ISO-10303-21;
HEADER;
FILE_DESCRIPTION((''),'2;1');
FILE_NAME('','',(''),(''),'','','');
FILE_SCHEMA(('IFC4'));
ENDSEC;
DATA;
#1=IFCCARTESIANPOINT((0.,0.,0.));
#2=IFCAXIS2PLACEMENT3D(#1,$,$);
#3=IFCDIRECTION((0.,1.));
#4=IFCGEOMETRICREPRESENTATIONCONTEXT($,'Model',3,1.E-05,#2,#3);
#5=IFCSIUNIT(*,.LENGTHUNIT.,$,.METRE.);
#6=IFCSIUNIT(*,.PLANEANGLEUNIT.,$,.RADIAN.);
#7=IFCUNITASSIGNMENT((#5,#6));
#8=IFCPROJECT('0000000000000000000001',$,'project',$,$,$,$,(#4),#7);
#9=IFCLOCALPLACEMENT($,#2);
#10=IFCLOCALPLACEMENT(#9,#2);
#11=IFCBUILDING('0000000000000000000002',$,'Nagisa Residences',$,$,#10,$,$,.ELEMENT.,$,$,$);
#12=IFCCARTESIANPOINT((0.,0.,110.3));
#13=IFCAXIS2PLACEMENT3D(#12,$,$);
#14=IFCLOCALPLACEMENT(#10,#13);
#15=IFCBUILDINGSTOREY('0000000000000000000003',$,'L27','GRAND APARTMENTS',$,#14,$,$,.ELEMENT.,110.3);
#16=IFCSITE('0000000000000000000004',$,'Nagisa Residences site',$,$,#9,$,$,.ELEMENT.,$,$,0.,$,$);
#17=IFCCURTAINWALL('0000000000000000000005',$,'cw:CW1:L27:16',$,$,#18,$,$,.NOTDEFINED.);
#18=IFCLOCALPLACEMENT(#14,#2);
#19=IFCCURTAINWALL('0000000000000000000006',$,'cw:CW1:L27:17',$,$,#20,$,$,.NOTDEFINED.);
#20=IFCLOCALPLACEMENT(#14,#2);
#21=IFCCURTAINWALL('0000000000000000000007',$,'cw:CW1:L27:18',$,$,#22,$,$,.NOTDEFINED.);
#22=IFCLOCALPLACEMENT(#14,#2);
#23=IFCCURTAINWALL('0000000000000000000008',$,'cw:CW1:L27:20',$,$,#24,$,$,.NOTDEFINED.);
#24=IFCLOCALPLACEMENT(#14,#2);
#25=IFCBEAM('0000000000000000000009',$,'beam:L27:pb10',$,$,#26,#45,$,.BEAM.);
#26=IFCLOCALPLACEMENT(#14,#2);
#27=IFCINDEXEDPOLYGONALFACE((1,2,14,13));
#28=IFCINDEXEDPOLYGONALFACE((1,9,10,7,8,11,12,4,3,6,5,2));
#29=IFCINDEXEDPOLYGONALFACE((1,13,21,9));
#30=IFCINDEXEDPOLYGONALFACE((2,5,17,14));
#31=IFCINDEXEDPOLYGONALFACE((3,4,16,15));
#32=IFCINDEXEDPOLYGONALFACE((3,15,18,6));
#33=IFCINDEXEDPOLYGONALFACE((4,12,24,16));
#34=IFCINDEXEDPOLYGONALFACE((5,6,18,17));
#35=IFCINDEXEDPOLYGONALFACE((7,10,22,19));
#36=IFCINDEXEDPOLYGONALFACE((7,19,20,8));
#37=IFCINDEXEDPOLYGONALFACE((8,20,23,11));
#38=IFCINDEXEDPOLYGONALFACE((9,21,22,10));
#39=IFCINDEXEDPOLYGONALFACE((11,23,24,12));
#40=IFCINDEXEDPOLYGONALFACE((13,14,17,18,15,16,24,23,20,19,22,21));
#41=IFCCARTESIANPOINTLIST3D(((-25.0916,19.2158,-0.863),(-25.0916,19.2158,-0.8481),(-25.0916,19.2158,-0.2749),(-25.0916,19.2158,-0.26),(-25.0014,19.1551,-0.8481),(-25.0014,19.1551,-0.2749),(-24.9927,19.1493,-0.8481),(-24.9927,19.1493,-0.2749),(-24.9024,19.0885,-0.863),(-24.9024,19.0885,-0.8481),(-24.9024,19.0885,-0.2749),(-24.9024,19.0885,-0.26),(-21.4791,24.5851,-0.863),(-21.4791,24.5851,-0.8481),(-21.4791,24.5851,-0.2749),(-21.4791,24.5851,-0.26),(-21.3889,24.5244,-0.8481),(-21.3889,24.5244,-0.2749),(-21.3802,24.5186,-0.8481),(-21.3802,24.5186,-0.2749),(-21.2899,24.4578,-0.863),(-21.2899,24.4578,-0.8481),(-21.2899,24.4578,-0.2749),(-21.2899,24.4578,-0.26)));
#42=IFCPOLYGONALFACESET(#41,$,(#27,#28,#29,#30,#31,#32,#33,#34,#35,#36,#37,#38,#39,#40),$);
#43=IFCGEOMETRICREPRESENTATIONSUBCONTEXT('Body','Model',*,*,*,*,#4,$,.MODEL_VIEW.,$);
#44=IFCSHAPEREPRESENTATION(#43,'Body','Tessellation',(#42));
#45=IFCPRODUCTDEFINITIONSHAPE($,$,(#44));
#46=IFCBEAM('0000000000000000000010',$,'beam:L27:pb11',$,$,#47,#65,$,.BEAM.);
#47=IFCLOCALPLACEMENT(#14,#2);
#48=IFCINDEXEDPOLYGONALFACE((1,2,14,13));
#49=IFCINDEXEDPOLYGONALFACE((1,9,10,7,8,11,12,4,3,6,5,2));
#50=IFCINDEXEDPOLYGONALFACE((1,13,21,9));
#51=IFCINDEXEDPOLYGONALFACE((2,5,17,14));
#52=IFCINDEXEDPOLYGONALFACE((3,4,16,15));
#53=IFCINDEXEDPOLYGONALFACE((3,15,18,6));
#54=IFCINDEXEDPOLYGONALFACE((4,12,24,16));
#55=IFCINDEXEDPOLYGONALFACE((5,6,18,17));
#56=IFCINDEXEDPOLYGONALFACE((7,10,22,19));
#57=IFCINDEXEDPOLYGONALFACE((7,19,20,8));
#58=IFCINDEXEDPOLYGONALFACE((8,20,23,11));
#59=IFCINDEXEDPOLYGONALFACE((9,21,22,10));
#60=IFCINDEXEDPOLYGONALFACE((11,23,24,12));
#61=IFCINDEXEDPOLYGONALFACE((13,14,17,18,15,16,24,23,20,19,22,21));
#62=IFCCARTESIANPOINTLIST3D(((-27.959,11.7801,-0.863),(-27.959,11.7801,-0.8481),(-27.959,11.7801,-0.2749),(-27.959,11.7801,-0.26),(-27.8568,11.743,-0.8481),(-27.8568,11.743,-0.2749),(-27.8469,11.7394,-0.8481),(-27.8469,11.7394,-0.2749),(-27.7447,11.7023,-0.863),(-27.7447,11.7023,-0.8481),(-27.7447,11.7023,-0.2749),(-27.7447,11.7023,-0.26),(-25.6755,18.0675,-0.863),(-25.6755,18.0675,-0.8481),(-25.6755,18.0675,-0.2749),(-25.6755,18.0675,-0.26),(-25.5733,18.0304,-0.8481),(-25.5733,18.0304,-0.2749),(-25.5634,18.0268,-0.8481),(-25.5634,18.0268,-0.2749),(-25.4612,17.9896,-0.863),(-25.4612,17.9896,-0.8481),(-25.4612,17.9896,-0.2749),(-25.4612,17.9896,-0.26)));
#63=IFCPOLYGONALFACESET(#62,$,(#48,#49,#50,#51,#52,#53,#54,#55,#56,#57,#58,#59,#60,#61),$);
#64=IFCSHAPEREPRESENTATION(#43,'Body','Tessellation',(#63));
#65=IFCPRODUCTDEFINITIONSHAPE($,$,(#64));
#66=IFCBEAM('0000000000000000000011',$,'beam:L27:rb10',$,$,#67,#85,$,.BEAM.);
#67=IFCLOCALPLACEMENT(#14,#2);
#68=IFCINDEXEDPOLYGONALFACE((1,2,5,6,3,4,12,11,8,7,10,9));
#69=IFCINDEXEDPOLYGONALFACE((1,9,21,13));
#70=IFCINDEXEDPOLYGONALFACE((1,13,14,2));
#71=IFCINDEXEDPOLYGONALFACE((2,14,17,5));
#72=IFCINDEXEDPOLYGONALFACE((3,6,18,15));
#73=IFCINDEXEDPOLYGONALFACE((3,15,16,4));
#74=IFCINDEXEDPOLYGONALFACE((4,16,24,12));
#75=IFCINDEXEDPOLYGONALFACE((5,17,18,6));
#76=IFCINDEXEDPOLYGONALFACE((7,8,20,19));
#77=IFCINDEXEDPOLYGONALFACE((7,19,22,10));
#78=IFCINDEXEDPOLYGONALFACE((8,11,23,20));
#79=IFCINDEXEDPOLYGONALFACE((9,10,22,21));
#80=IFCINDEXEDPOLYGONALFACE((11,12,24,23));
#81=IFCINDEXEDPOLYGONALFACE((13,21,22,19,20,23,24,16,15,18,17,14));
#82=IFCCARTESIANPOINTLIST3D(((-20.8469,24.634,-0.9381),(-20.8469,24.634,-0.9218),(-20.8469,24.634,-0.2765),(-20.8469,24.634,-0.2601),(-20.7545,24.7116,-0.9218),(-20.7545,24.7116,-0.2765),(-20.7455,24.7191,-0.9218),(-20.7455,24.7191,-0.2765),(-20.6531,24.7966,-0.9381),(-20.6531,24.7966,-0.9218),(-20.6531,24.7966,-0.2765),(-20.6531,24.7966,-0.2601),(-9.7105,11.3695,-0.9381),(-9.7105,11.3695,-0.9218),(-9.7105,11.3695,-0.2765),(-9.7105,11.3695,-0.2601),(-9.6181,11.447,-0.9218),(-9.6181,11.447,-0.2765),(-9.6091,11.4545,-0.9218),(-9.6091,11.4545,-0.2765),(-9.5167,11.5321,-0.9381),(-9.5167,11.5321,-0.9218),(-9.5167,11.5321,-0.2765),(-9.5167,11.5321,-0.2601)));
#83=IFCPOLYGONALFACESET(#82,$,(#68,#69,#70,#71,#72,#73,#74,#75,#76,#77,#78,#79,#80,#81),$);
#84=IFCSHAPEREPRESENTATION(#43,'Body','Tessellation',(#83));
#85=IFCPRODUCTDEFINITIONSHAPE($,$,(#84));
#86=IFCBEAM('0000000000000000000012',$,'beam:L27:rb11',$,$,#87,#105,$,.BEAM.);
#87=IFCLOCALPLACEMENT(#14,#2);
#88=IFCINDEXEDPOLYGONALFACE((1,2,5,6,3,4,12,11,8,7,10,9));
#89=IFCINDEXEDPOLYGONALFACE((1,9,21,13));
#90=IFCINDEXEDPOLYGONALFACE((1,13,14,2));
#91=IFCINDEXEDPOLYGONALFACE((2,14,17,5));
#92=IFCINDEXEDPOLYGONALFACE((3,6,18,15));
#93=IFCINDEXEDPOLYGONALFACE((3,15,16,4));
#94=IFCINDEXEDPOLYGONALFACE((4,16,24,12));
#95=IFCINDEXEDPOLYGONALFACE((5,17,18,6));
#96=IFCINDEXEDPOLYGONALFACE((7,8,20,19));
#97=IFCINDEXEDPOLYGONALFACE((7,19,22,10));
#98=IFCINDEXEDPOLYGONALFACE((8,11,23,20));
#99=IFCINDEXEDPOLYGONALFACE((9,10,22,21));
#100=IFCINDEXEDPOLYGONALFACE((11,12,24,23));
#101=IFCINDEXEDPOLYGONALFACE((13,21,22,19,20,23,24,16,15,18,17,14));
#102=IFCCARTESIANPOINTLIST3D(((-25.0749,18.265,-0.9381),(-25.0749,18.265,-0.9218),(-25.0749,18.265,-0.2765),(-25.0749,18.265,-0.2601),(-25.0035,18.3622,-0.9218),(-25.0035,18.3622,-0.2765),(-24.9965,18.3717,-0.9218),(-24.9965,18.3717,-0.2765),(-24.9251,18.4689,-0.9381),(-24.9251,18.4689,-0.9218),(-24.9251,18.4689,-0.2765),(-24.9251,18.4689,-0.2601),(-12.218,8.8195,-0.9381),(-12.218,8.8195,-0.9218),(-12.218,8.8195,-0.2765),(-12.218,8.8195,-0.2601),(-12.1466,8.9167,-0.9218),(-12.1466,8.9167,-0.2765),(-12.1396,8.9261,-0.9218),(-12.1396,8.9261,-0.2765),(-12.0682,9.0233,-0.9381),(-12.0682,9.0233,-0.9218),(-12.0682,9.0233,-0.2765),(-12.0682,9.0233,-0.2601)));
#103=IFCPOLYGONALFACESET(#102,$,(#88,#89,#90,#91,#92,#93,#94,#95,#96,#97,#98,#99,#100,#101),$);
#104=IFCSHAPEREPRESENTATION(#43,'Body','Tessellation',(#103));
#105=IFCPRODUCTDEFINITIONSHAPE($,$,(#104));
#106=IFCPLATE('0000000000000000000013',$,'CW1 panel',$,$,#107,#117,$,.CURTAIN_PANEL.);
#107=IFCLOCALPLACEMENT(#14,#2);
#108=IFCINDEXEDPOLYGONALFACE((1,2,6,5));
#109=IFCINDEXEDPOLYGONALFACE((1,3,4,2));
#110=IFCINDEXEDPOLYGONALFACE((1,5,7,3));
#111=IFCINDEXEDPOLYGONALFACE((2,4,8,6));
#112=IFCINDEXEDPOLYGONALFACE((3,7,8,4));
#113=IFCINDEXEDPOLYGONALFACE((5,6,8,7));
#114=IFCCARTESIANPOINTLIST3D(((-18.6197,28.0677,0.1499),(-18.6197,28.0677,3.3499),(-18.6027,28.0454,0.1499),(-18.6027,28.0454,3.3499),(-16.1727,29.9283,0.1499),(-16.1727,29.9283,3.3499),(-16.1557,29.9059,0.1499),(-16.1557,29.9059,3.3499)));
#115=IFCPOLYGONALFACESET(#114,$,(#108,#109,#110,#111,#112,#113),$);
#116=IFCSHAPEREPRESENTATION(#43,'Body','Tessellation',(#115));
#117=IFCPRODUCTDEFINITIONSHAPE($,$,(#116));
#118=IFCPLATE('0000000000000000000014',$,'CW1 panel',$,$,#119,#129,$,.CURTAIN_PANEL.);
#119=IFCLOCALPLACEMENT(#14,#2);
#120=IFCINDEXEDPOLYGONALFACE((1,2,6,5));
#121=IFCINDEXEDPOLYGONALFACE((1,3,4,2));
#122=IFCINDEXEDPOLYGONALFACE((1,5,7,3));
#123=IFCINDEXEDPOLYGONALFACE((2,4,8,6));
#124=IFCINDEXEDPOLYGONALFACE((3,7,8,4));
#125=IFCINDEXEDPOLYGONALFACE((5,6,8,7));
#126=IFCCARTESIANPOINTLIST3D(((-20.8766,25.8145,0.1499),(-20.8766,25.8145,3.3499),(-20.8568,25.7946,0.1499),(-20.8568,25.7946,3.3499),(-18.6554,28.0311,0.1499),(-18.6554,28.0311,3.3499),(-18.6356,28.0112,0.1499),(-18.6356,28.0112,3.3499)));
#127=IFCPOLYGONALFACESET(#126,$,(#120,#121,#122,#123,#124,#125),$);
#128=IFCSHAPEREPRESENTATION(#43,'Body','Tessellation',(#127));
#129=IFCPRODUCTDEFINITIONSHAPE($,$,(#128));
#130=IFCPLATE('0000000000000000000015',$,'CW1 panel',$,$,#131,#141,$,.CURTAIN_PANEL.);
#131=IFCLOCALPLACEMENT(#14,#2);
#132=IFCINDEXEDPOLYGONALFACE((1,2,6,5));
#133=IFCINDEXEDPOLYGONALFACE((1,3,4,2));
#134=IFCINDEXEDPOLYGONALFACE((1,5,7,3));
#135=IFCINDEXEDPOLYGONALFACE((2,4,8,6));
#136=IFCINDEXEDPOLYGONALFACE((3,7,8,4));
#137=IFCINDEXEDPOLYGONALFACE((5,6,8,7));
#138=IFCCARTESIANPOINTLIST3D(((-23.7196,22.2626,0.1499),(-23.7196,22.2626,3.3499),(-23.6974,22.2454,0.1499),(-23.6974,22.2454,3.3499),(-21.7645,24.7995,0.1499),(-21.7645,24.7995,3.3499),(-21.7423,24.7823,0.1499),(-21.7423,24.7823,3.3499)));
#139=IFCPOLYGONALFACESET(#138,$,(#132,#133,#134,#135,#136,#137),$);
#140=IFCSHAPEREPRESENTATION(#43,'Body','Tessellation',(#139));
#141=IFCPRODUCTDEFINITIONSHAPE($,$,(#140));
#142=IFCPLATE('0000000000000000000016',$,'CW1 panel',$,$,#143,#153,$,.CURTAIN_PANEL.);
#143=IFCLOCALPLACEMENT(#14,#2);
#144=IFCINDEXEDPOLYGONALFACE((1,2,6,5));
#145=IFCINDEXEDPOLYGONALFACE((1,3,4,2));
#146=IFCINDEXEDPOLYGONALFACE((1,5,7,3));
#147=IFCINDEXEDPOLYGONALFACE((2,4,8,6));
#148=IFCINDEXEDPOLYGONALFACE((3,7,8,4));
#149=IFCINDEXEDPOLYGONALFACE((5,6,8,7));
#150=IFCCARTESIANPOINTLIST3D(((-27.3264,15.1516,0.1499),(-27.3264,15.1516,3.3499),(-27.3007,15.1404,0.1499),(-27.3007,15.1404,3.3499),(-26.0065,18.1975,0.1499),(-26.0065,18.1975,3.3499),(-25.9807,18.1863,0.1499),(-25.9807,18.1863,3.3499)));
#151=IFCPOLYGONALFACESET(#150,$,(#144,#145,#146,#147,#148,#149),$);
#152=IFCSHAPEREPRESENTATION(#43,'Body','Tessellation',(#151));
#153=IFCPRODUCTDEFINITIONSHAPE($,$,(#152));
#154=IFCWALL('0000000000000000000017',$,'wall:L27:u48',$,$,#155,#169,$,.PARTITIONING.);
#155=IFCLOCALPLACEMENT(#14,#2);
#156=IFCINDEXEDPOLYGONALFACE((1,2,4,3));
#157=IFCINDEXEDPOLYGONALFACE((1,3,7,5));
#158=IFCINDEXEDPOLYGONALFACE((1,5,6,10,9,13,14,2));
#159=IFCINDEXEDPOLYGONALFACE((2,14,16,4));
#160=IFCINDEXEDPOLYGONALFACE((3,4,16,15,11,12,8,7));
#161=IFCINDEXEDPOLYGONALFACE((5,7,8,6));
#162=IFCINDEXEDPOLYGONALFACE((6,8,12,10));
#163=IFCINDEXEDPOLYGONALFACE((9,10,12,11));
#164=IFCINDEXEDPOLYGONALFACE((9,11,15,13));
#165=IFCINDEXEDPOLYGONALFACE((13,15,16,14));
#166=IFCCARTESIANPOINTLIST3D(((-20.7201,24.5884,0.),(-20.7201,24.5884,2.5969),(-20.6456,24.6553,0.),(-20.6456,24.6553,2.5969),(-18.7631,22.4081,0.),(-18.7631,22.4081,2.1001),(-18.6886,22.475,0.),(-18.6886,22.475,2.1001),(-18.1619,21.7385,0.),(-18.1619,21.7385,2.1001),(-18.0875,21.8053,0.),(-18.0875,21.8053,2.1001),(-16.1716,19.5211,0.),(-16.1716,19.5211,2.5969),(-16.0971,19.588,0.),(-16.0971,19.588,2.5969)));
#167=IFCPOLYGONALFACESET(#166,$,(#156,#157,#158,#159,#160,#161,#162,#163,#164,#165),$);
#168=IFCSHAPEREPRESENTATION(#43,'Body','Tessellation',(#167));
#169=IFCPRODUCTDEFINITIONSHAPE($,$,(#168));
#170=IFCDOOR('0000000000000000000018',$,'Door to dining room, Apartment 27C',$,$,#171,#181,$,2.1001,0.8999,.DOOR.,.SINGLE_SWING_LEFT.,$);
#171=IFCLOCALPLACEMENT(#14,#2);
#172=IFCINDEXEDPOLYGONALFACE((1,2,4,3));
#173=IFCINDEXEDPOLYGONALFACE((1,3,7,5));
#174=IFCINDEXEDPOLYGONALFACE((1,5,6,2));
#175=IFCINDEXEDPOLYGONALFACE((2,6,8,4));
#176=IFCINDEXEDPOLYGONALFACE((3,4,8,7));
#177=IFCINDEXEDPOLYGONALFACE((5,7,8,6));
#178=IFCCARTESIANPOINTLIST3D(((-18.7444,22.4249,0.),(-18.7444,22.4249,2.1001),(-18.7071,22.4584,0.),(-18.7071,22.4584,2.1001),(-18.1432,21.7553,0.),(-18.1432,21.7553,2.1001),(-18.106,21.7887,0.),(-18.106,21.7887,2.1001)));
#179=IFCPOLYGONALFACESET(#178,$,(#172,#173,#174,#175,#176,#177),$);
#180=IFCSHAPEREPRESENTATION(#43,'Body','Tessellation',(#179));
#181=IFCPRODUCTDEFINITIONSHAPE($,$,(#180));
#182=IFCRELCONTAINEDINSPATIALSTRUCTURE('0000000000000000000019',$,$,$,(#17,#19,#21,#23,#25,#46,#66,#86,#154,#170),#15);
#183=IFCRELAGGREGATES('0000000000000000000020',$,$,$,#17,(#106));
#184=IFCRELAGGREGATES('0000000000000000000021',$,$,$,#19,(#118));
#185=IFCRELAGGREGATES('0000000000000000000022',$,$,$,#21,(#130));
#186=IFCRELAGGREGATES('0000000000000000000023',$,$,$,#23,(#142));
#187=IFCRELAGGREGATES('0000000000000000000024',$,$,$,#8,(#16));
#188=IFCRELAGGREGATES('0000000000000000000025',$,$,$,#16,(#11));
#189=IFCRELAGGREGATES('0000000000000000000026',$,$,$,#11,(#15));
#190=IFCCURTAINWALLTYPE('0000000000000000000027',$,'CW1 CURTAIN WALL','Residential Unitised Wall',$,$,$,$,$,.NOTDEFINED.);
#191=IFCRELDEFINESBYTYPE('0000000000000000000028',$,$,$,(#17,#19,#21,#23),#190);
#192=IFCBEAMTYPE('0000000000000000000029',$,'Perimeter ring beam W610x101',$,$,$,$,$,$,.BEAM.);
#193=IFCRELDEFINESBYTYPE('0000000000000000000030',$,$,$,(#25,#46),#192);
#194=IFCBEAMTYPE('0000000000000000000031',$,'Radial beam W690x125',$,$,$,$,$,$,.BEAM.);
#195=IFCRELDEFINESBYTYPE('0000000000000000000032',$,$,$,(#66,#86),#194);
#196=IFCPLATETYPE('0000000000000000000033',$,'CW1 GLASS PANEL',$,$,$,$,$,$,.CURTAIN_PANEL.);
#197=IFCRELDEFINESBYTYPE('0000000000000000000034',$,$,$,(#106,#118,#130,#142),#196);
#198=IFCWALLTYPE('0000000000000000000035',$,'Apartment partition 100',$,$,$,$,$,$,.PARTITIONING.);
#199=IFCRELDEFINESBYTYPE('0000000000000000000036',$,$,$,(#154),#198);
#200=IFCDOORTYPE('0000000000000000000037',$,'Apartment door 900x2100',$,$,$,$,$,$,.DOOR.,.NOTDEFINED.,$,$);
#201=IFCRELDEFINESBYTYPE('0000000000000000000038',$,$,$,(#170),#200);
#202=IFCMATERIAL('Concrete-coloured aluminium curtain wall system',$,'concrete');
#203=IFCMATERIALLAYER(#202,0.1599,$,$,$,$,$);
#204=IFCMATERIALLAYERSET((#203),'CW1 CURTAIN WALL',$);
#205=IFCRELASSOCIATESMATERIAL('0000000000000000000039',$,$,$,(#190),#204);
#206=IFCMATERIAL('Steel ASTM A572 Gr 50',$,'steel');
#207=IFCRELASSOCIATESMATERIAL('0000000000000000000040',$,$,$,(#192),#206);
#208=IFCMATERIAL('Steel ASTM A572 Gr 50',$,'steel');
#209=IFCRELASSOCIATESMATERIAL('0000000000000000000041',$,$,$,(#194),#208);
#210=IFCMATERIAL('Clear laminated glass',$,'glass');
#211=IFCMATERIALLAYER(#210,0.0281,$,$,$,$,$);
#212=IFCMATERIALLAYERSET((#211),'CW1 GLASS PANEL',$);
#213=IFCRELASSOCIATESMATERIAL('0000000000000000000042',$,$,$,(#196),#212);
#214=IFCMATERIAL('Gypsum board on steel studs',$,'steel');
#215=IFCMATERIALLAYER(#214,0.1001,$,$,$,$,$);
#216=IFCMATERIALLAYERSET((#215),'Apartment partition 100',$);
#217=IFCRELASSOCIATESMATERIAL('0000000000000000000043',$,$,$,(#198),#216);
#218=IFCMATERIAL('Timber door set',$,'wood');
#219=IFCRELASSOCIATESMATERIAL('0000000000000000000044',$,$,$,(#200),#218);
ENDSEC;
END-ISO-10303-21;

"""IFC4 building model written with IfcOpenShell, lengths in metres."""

from ifc_helpers import new_model, si_unit, direction, frame, frame_2d, origin, origin_2d, place, context, subcontext, project, spatial, rectangle, i_section, extrude, material, layer, layer_set, material_profile, profile_set, type_object, element, fill, aggregate, save


model = new_model("IFC4")

# Units and contexts
model_context = context("Model", 3, precision=1e-05, world=origin(), true_north=direction((0.0, 1.0)))
body_context = subcontext(model_context, "Body", "Model", "MODEL_VIEW")
ifc_project = project(units=[si_unit("LENGTHUNIT", "METRE"), si_unit("PLANEANGLEUNIT", "RADIAN")], contexts=[model_context])

# Site, building, storey
site_placement = place(None, origin())
site = spatial("IfcSite", under=ifc_project, at=site_placement, Name="Nagisa Residences site", CompositionType="ELEMENT", RefElevation=0.0)
building_placement = place(site_placement, origin())
building = spatial("IfcBuilding", under=site, at=building_placement, Name="Nagisa Residences", CompositionType="ELEMENT")
storey_placement = place(building_placement, frame((0.0, 0.0, 110.3)))
storey = spatial("IfcBuildingStorey", under=building, at=storey_placement, Name="L27", Description="GRAND APARTMENTS", CompositionType="ELEMENT", Elevation=110.3)

# Curtain walls
ifc_material_1 = material(Name="Concrete-coloured aluminium curtain wall system", Category="concrete")
ifc_layer_1 = layer(ifc_material_1, 0.1599)
ifc_layer_set_1 = layer_set([ifc_layer_1], Name="CW1 CURTAIN WALL")
curtain_wall_type = type_object("IfcCurtainWallType", Name="CW1 CURTAIN WALL", Description="Residential Unitised Wall", PredefinedType="NOTDEFINED", material=ifc_layer_set_1)
curtain_wall_1_placement = place(storey_placement, origin())
curtain_wall_1 = element("IfcCurtainWall", 1, at=curtain_wall_1_placement, inside=storey, type_object=curtain_wall_type, Name="cw:CW1:L27:16", PredefinedType="NOTDEFINED")
curtain_wall_2_placement = place(storey_placement, origin())
curtain_wall_2 = element("IfcCurtainWall", 2, at=curtain_wall_2_placement, inside=storey, type_object=curtain_wall_type, Name="cw:CW1:L27:17", PredefinedType="NOTDEFINED")
curtain_wall_3_placement = place(storey_placement, origin())
curtain_wall_3 = element("IfcCurtainWall", 3, at=curtain_wall_3_placement, inside=storey, type_object=curtain_wall_type, Name="cw:CW1:L27:18", PredefinedType="NOTDEFINED")
curtain_wall_4_placement = place(storey_placement, origin())
curtain_wall_4 = element("IfcCurtainWall", 4, at=curtain_wall_4_placement, inside=storey, type_object=curtain_wall_type, Name="cw:CW1:L27:20", PredefinedType="NOTDEFINED")

# Beams
ifc_material_2 = material(Name="Steel ASTM A572 Gr 50", Category="steel")
ifc_material_profile_1 = material_profile(ifc_material_2, i_section(OverallWidth=0.228, OverallDepth=0.603, WebThickness=0.0105, FlangeThickness=0.0149, at=origin_2d()), Name="W610x101")
ifc_profile_set_1 = profile_set([ifc_material_profile_1], Name="Steel ASTM A572 Gr 50")
beam_type_1 = type_object("IfcBeamType", Name="Perimeter ring beam W610x101", PredefinedType="BEAM", material=ifc_profile_set_1)
beam_1_placement = place(storey_placement, frame((-21.3845, 24.5215, -0.5615), z_axis=(-0.558221, -0.829692, 0.0), x_axis=(0.829692, -0.558221, 0.0)))
element("IfcBeam", 5, at=beam_1_placement, inside=storey, type_object=beam_type_1, Name="beam:L27:pb10", PredefinedType="BEAM", context=body_context, shape_type="SweptSolid", body=[
    extrude(i_section(OverallWidth=0.228, OverallDepth=0.603, WebThickness=0.0105, FlangeThickness=0.0149, at=origin_2d()), origin(), (0.0, 0.0, 1.0), 6.4714),
])
beam_2_placement = place(storey_placement, frame((-25.5684, 18.0286, -0.5615), z_axis=(-0.341365, -0.939931, 0.0), x_axis=(0.939931, -0.341365, 0.0)))
element("IfcBeam", 6, at=beam_2_placement, inside=storey, type_object=beam_type_1, Name="beam:L27:pb11", PredefinedType="BEAM", context=body_context, shape_type="SweptSolid", body=[
    extrude(i_section(OverallWidth=0.228, OverallDepth=0.603, WebThickness=0.0105, FlangeThickness=0.0149, at=origin_2d()), origin(), (0.0, 0.0, 1.0), 6.6892),
])
ifc_material_3 = material(Name="Steel ASTM A572 Gr 50", Category="steel")
ifc_material_profile_2 = material_profile(ifc_material_3, i_section(OverallWidth=0.2529, OverallDepth=0.678, WebThickness=0.0117, FlangeThickness=0.0164, at=origin_2d()), Name="W690x125")
ifc_profile_set_2 = profile_set([ifc_material_profile_2], Name="Steel ASTM A572 Gr 50")
beam_type_2 = type_object("IfcBeamType", Name="Radial beam W690x125", PredefinedType="BEAM", material=ifc_profile_set_2)
beam_3_placement = place(storey_placement, frame((-20.75, 24.7153, -0.5991), z_axis=(0.642995, -0.765871, 0.0), x_axis=(0.765871, 0.642995, 0.0)))
element("IfcBeam", 7, at=beam_3_placement, inside=storey, type_object=beam_type_2, Name="beam:L27:rb10", PredefinedType="BEAM", context=body_context, shape_type="SweptSolid", body=[
    extrude(i_section(OverallWidth=0.2529, OverallDepth=0.678, WebThickness=0.0117, FlangeThickness=0.0164, at=origin_2d()), origin(), (0.0, 0.0, 1.0), 17.3196),
])
beam_4_placement = place(storey_placement, frame((-25.0, 18.3669, -0.5991), z_axis=(0.805892, -0.592062, 0.0), x_axis=(0.592062, 0.805892, 0.0)))
element("IfcBeam", 8, at=beam_4_placement, inside=storey, type_object=beam_type_2, Name="beam:L27:rb11", PredefinedType="BEAM", context=body_context, shape_type="SweptSolid", body=[
    extrude(i_section(OverallWidth=0.2529, OverallDepth=0.678, WebThickness=0.0117, FlangeThickness=0.0164, at=origin_2d()), origin(), (0.0, 0.0, 1.0), 15.9536),
])

# Plates
ifc_material_4 = material(Name="Clear laminated glass", Category="glass")
ifc_layer_2 = layer(ifc_material_4, 0.0281)
ifc_layer_set_2 = layer_set([ifc_layer_2], Name="CW1 GLASS PANEL")
plate_type = type_object("IfcPlateType", Name="CW1 GLASS PANEL", PredefinedType="CURTAIN_PANEL", material=ifc_layer_set_2)
plate_1_placement = place(storey_placement, frame((-17.3877, 28.9868, 0.1499), z_axis=(0.0, 0.0, 1.0), x_axis=(-0.796031, -0.605255, 0.0)))
plate_1 = element("IfcPlate", 9, at=plate_1_placement, type_object=plate_type, Name="CW1 panel", PredefinedType="CURTAIN_PANEL", context=body_context, shape_type="SweptSolid", body=[
    extrude(rectangle(XDim=3.074, YDim=0.0281, at=origin_2d()), origin(), (0.0, 0.0, 1.0), 3.2),
])
aggregate(curtain_wall_1, [plate_1])
plate_2_placement = place(storey_placement, frame((-19.7561, 26.9128, 0.1499), z_axis=(0.0, 0.0, 1.0), x_axis=(-0.707836, -0.706377, 0.0)))
plate_2 = element("IfcPlate", 10, at=plate_2_placement, type_object=plate_type, Name="CW1 panel", PredefinedType="CURTAIN_PANEL", context=body_context, shape_type="SweptSolid", body=[
    extrude(rectangle(XDim=3.1379, YDim=0.0281, at=origin_2d()), origin(), (0.0, 0.0, 1.0), 3.2),
])
aggregate(curtain_wall_2, [plate_2])
plate_3_placement = place(storey_placement, frame((-22.731, 23.5225, 0.1499), z_axis=(0.0, 0.0, 1.0), x_axis=(-0.61043, -0.79207, 0.0)))
plate_3 = element("IfcPlate", 11, at=plate_3_placement, type_object=plate_type, Name="CW1 panel", PredefinedType="CURTAIN_PANEL", context=body_context, shape_type="SweptSolid", body=[
    extrude(rectangle(XDim=3.2029, YDim=0.0281, at=origin_2d()), origin(), (0.0, 0.0, 1.0), 3.2),
])
aggregate(curtain_wall_3, [plate_3])
plate_4_placement = place(storey_placement, frame((-26.6536, 16.6689, 0.1499), z_axis=(0.0, 0.0, 1.0), x_axis=(-0.397636, -0.917543, 0.0)))
plate_4 = element("IfcPlate", 12, at=plate_4_placement, type_object=plate_type, Name="CW1 panel", PredefinedType="CURTAIN_PANEL", context=body_context, shape_type="SweptSolid", body=[
    extrude(rectangle(XDim=3.3196, YDim=0.0281, at=origin_2d()), origin(), (0.0, 0.0, 1.0), 3.2),
])
aggregate(curtain_wall_4, [plate_4])

# Wall, opening, door
ifc_material_5 = material(Name="Gypsum board on steel studs", Category="steel")
ifc_layer_3 = layer(ifc_material_5, 0.1001)
ifc_layer_set_3 = layer_set([ifc_layer_3], Name="Apartment partition 100")
wall_type_1 = type_object("IfcWallType", Name="Apartment partition 100", PredefinedType="PARTITIONING", material=ifc_layer_set_3)
wall_1_placement = place(storey_placement, frame((-16.1343, 19.5544, 0.0), z_axis=(0.0, 0.0, 1.0), x_axis=(-0.667986, 0.744174, 0.0)))
wall_1 = element("IfcWall", 13, at=wall_1_placement, inside=storey, type_object=wall_type_1, Name="wall:L27:u48", PredefinedType="PARTITIONING", context=body_context, shape_type="SweptSolid", body=[
    extrude(rectangle(XDim=6.8093, YDim=0.1001, at=frame_2d((3.4048, 0.0))), origin(), (0.0, 0.0, 1.0), 2.5969),
])
opening_1_placement = place(wall_1_placement, frame((2.9797, 0.0, 0.0)))
opening_1 = element("IfcOpeningElement", 14, at=opening_1_placement, cuts=wall_1, PredefinedType="OPENING", context=body_context, shape_type="SweptSolid", body=[
    extrude(rectangle(XDim=0.8999, YDim=2.1001, at=frame_2d((0.45, 1.05))), frame((0.0, 0.0601, 0.0), z_axis=(0.0, -1.0, 0.0), x_axis=(1.0, 0.0, 0.0)), (0.0, 0.0, 1.0), 0.1201),
])
ifc_material_6 = material(Name="Timber door set", Category="wood")
door_type_1 = type_object("IfcDoorType", Name="Apartment door 900x2100", OperationType="NOTDEFINED", PredefinedType="DOOR", material=ifc_material_6)
door_1_placement = place(opening_1_placement, origin())
door_1 = element("IfcDoor", 15, at=door_1_placement, inside=storey, type_object=door_type_1, Name="Door to dining room, Apartment 27C", OperationType="SINGLE_SWING_LEFT", OverallHeight=2.1001, OverallWidth=0.8999, PredefinedType="DOOR", context=body_context, shape_type="SweptSolid", body=[
    extrude(rectangle(XDim=0.8999, YDim=2.1001, at=frame_2d((0.45, 1.05))), frame((0.0, 0.0249, 0.0), z_axis=(0.0, -1.0, 0.0), x_axis=(1.0, 0.0, 0.0)), (0.0, 0.0, 1.0), 0.05),
])
fill(opening_1, door_1)

save(model, "model.ifc")
